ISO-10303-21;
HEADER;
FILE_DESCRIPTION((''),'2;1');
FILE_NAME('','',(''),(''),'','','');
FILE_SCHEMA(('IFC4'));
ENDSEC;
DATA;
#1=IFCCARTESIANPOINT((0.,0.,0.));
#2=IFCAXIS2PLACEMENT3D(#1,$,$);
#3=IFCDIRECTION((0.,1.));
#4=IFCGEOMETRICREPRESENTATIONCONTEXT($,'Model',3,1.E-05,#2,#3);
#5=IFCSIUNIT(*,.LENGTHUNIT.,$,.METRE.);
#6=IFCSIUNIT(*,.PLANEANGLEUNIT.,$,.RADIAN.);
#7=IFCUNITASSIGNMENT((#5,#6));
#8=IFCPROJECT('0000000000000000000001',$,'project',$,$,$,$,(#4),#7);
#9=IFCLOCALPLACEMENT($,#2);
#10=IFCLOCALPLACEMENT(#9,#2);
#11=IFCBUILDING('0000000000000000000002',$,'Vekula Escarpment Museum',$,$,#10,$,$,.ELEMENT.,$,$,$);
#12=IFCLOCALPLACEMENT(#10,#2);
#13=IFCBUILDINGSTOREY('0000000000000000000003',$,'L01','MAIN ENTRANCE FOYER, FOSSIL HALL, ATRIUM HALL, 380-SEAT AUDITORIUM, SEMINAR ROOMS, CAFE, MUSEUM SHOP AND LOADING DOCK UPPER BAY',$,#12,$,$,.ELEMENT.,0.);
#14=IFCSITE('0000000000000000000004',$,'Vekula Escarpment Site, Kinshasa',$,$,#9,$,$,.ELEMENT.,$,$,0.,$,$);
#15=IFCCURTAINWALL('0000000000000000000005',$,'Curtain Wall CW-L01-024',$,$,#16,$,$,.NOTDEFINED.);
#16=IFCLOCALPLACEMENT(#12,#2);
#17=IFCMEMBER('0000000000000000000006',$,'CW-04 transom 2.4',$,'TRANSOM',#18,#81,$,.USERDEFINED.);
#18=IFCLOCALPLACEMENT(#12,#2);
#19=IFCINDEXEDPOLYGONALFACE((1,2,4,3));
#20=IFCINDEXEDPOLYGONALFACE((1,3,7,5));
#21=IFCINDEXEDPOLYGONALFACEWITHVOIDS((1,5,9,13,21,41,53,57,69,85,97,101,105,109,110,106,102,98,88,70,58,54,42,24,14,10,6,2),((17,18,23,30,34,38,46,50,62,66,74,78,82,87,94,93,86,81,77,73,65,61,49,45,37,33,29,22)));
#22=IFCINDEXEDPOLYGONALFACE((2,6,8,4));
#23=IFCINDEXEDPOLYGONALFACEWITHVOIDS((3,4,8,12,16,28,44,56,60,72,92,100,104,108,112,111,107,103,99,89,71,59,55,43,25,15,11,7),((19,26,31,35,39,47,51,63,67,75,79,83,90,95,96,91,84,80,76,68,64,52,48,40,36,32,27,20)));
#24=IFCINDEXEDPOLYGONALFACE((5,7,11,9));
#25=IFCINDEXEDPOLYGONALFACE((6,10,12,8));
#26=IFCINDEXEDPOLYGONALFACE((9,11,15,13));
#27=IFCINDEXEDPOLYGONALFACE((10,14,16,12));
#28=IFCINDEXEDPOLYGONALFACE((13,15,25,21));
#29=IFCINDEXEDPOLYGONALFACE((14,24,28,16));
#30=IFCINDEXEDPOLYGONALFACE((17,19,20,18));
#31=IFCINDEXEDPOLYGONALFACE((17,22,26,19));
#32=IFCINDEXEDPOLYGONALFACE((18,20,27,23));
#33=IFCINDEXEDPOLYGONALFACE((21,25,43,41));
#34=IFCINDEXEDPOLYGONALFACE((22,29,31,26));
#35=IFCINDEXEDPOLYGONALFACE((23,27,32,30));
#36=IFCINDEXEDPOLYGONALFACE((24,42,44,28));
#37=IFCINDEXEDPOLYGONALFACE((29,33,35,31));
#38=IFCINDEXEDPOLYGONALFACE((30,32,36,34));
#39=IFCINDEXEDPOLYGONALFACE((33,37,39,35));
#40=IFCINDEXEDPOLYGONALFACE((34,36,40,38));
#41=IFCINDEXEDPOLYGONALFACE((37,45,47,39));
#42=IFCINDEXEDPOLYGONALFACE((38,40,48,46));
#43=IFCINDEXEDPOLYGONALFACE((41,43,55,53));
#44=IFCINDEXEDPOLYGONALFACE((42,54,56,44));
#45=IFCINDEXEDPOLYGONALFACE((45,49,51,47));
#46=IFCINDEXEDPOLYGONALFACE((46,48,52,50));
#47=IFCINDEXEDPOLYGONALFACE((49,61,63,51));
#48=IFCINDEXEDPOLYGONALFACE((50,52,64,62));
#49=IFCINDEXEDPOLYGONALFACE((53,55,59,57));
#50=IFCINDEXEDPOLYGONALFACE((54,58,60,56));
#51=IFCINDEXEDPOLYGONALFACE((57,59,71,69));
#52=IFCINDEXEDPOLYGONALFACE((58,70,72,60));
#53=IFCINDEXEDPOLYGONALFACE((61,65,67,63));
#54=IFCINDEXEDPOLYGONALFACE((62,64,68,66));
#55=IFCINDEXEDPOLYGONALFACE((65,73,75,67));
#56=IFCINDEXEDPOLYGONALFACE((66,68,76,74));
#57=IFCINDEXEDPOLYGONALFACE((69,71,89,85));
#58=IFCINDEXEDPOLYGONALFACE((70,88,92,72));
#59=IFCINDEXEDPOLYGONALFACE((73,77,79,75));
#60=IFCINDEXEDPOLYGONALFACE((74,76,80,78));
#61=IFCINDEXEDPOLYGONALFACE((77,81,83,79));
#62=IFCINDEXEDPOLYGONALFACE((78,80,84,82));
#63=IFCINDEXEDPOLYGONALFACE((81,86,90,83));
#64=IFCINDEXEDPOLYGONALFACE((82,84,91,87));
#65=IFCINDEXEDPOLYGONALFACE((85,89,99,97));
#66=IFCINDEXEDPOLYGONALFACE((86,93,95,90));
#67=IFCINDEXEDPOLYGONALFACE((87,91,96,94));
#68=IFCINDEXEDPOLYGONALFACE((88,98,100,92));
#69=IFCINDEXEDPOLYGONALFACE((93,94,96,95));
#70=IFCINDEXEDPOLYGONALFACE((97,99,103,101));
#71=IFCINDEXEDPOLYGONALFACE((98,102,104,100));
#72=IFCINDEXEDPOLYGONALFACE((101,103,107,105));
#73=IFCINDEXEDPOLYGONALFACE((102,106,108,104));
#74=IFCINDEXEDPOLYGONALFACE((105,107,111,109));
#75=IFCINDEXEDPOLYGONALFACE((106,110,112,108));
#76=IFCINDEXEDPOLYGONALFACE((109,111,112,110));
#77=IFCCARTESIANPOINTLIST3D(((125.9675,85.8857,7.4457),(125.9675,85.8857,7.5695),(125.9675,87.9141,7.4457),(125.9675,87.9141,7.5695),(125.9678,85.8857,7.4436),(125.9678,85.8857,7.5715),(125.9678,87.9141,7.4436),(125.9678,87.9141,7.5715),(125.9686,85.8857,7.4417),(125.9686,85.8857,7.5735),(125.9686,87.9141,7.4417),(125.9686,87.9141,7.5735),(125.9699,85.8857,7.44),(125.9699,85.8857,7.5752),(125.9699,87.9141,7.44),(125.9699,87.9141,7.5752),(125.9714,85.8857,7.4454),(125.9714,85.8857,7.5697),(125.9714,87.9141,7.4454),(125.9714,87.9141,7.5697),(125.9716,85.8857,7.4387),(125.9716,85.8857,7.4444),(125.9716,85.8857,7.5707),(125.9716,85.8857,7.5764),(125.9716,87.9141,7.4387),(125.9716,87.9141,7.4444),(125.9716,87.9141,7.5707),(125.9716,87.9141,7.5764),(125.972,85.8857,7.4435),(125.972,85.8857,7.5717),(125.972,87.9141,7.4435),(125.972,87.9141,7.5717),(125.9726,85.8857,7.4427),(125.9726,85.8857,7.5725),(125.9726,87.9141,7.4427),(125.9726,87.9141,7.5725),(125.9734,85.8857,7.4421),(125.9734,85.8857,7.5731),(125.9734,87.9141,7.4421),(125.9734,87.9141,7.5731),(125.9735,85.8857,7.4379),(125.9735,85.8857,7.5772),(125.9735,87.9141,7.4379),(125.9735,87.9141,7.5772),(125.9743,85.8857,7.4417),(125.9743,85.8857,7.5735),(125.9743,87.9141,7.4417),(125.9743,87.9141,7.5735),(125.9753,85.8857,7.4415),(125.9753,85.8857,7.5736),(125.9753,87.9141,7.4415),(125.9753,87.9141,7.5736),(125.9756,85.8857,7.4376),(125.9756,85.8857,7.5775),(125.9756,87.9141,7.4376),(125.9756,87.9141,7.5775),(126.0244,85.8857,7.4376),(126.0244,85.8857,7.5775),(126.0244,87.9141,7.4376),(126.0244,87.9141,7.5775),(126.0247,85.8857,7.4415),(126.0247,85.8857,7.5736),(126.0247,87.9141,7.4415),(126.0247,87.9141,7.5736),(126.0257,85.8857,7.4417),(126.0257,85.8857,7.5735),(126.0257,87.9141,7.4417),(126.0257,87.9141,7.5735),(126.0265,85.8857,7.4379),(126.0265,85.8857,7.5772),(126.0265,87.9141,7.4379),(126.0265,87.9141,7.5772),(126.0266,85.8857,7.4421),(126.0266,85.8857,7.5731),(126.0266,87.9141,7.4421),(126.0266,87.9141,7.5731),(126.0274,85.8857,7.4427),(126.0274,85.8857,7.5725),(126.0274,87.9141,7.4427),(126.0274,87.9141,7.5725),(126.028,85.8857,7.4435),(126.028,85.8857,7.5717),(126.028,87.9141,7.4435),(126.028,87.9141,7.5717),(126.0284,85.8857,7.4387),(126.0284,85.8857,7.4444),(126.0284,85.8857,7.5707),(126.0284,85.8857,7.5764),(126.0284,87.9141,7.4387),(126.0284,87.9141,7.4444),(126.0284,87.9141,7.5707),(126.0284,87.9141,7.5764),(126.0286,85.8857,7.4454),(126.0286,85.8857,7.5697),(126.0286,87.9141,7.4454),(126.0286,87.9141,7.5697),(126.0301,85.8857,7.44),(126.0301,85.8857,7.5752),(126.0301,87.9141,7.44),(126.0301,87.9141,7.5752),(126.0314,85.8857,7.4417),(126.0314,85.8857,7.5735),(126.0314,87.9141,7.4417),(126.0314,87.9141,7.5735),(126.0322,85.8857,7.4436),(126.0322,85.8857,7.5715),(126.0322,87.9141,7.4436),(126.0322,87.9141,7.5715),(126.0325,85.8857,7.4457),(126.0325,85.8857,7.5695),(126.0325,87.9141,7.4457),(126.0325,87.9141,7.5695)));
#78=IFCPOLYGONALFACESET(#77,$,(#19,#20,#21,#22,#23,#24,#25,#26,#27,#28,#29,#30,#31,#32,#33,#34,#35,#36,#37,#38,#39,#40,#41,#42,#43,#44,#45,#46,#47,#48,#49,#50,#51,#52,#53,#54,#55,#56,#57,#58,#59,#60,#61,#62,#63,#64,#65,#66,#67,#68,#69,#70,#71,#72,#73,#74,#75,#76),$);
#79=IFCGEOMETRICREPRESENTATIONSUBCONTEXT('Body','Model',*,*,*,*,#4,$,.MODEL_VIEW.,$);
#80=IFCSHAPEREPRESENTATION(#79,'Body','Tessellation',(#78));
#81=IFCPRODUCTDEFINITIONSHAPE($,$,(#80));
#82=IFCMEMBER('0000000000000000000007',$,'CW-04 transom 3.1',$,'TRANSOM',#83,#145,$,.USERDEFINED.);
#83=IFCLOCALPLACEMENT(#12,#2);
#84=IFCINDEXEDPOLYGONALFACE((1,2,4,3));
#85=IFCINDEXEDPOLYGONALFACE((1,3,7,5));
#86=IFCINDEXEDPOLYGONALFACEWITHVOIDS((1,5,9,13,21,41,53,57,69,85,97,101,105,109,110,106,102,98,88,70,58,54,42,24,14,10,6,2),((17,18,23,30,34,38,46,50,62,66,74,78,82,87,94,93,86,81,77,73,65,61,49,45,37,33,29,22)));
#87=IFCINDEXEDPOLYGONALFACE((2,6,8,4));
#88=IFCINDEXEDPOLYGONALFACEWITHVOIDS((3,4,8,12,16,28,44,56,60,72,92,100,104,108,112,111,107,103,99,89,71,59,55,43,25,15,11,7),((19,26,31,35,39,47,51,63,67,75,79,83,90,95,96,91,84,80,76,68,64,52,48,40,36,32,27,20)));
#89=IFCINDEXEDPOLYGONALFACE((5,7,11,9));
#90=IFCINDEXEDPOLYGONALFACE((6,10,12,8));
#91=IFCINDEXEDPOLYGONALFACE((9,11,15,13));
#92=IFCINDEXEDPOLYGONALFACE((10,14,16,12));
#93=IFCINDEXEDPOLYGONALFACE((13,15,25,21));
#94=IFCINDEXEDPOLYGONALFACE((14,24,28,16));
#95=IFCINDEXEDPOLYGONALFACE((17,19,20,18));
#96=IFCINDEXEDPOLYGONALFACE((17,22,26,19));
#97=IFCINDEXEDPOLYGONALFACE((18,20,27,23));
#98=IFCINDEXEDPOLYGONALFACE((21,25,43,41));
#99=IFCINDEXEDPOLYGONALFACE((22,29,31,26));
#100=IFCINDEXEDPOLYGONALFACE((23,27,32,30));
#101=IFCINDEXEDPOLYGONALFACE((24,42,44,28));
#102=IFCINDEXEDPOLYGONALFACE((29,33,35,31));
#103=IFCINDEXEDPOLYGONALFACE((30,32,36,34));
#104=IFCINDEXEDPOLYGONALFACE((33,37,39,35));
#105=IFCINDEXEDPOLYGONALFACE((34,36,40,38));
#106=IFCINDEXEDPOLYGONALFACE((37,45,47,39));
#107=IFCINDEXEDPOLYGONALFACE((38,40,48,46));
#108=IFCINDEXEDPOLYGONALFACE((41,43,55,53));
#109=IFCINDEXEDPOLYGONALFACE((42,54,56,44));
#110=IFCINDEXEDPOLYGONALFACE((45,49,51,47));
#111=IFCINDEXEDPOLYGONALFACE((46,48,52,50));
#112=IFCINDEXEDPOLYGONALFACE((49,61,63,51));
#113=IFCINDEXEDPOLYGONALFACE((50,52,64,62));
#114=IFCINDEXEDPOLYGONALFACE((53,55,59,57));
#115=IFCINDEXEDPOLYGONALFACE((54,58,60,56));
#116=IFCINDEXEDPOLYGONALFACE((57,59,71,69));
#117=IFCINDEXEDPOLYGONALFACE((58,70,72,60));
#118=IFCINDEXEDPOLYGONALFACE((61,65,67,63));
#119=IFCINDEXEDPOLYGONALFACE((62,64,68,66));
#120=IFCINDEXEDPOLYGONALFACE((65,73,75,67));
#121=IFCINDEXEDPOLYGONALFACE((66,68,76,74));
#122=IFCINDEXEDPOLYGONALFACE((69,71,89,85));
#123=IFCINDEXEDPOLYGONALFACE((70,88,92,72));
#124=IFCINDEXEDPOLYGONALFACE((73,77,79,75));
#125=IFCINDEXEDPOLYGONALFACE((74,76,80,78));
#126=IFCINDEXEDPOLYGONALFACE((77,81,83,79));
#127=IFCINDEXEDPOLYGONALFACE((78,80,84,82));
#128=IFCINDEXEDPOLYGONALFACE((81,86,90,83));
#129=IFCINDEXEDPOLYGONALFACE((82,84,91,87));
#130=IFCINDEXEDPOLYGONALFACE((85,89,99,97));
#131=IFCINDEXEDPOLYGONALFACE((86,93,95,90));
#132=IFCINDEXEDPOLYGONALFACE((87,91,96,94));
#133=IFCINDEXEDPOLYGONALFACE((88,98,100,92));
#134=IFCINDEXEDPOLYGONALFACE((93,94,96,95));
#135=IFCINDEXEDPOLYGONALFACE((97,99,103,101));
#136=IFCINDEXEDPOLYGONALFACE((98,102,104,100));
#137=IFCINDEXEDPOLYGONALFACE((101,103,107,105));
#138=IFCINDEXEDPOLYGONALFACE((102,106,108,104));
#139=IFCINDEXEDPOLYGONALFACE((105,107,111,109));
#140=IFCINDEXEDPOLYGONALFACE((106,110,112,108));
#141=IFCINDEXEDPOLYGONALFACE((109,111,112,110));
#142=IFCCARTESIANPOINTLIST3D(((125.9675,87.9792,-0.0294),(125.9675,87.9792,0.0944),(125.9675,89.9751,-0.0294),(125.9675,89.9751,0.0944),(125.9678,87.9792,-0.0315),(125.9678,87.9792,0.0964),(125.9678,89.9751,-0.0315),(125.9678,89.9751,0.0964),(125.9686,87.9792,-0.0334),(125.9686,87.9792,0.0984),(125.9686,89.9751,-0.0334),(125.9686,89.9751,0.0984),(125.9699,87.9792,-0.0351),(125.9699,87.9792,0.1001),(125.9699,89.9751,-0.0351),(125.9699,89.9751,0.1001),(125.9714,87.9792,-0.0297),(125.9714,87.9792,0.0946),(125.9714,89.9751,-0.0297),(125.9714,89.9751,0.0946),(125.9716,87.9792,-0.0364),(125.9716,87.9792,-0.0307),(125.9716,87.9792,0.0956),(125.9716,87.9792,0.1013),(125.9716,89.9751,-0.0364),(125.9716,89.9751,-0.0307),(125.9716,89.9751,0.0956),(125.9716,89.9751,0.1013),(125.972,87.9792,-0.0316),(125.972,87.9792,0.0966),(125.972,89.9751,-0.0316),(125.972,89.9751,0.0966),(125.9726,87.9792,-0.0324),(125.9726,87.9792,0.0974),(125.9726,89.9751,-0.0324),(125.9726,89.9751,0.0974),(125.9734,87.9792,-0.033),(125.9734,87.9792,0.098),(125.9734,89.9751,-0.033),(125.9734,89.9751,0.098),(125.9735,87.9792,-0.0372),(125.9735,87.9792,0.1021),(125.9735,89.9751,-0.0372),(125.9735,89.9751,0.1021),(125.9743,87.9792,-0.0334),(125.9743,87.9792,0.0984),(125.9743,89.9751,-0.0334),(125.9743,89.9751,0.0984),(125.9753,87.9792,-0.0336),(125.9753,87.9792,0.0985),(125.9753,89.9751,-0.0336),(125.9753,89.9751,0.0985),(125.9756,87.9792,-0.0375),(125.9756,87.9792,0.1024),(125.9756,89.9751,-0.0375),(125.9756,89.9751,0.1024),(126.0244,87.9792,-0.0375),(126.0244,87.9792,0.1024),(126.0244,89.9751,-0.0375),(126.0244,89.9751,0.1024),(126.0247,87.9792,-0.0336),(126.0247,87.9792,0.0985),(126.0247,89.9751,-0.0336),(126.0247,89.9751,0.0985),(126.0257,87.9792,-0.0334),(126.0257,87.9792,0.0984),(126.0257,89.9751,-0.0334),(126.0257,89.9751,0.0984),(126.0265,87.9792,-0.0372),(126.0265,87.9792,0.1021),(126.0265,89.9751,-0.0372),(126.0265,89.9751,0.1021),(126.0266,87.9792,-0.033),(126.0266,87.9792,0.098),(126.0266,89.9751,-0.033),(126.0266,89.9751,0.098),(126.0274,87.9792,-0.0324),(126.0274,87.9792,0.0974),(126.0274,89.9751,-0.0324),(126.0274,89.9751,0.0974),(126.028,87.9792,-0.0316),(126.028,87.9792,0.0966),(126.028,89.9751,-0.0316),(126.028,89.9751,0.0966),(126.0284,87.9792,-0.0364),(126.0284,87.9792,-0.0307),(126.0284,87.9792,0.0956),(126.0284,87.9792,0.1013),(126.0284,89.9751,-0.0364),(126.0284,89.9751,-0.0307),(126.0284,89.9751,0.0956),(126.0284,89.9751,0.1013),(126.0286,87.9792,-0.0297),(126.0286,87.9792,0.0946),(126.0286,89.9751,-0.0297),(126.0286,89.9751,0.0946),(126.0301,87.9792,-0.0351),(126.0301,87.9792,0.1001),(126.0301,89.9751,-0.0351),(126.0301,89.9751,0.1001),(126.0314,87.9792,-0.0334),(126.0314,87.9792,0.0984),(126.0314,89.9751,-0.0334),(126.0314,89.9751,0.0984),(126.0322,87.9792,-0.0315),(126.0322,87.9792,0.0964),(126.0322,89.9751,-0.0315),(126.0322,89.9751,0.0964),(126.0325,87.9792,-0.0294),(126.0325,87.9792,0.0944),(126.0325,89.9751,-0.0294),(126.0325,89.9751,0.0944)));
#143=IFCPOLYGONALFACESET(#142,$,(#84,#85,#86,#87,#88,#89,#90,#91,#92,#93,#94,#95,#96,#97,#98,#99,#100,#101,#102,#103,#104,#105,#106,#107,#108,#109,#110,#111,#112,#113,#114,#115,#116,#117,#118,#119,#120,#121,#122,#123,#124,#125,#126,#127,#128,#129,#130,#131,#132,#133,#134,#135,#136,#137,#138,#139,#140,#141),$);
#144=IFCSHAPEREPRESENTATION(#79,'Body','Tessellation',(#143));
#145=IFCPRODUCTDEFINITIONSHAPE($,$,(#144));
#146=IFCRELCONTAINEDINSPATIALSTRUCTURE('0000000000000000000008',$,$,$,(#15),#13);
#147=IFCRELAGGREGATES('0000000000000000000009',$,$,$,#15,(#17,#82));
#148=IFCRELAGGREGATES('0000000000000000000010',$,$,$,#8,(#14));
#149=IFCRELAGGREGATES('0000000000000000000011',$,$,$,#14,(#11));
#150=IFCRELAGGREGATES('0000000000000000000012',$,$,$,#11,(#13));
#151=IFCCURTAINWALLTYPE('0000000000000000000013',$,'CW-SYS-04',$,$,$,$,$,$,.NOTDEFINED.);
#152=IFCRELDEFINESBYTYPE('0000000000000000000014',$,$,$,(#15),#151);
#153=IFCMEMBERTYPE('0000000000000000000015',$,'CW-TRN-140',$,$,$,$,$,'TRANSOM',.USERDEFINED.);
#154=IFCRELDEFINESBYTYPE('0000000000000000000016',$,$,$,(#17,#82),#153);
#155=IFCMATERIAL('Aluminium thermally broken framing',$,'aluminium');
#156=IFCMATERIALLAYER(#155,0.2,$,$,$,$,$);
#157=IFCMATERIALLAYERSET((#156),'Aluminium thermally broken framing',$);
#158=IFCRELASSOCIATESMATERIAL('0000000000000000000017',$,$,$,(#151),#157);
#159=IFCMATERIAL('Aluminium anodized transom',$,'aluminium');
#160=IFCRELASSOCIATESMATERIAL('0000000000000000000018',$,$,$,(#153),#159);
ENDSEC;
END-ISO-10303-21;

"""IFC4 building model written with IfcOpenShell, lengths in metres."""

from ifc_helpers import new_model, si_unit, direction, frame, origin, origin_2d, place, context, subcontext, project, spatial, hollow_rectangle, extrude, material, layer, layer_set, material_profile, profile_set, type_object, element, aggregate, save


model = new_model("IFC4")

# Units and contexts
model_context = context("Model", 3, precision=1e-05, world=origin(), true_north=direction((0.0, 1.0)))
body_context = subcontext(model_context, "Body", "Model", "MODEL_VIEW")
ifc_project = project(units=[si_unit("LENGTHUNIT", "METRE"), si_unit("PLANEANGLEUNIT", "RADIAN")], contexts=[model_context])

# Site, building, storey
site_placement = place(None, origin())
site = spatial("IfcSite", under=ifc_project, at=site_placement, Name="Vekula Escarpment Site, Kinshasa", CompositionType="ELEMENT", RefElevation=0.0)
building_placement = place(site_placement, origin())
building = spatial("IfcBuilding", under=site, at=building_placement, Name="Vekula Escarpment Museum", CompositionType="ELEMENT")
storey_placement = place(building_placement, origin())
storey = spatial("IfcBuildingStorey", under=building, at=storey_placement, Name="L01", Description="MAIN ENTRANCE FOYER, FOSSIL HALL, ATRIUM HALL, 380-SEAT AUDITORIUM, SEMINAR ROOMS, CAFE, MUSEUM SHOP AND LOADING DOCK UPPER BAY", CompositionType="ELEMENT", Elevation=0.0)

# Curtain wall, members
ifc_material_1 = material(Name="Aluminium thermally broken framing", Category="aluminium")
ifc_layer_1 = layer(ifc_material_1, 0.2)
ifc_layer_set_1 = layer_set([ifc_layer_1], Name="Aluminium thermally broken framing")
curtain_wall_type = type_object("IfcCurtainWallType", Name="CW-SYS-04", PredefinedType="NOTDEFINED", material=ifc_layer_set_1)
curtain_wall_placement = place(storey_placement, origin())
curtain_wall = element("IfcCurtainWall", 1, at=curtain_wall_placement, inside=storey, type_object=curtain_wall_type, Name="Curtain Wall CW-L01-024", PredefinedType="NOTDEFINED")
ifc_material_2 = material(Name="Aluminium anodized transom", Category="aluminium")
ifc_material_profile_1 = material_profile(ifc_material_2, hollow_rectangle(XDim=0.0649, YDim=0.1399, WallThickness=0.0039, InnerFilletRadius=0.0039, OuterFilletRadius=0.0081, at=origin_2d()), Name="ALU 140x65x4")
ifc_profile_set_1 = profile_set([ifc_material_profile_1], Name="Aluminium anodized transom")
member_type_1 = type_object("IfcMemberType", Name="CW-TRN-140", ElementType="TRANSOM", PredefinedType="USERDEFINED", material=ifc_profile_set_1)
member_1_placement = place(storey_placement, frame((126.0, 85.8857, 7.5076), z_axis=(0.0, 1.0, 0.0), x_axis=(-1.0, 0.0, 0.0)))
member_1 = element("IfcMember", 2, at=member_1_placement, type_object=member_type_1, Name="CW-04 transom 2.4", ObjectType="TRANSOM", PredefinedType="USERDEFINED", context=body_context, shape_type="SweptSolid", body=[
    extrude(hollow_rectangle(XDim=0.0649, YDim=0.1399, WallThickness=0.0039, InnerFilletRadius=0.0039, OuterFilletRadius=0.0081, at=origin_2d()), origin(), (0.0, 0.0, 1.0), 2.0283),
])
member_2_placement = place(storey_placement, frame((126.0, 87.9792, 0.0325), z_axis=(0.0, 1.0, 0.0), x_axis=(-1.0, 0.0, 0.0)))
member_2 = element("IfcMember", 3, at=member_2_placement, type_object=member_type_1, Name="CW-04 transom 3.1", ObjectType="TRANSOM", PredefinedType="USERDEFINED", context=body_context, shape_type="SweptSolid", body=[
    extrude(hollow_rectangle(XDim=0.0649, YDim=0.1399, WallThickness=0.0039, InnerFilletRadius=0.0039, OuterFilletRadius=0.0081, at=origin_2d()), origin(), (0.0, 0.0, 1.0), 1.9958),
])

aggregate(curtain_wall, [member_1, member_2])

save(model, "model.ifc")
